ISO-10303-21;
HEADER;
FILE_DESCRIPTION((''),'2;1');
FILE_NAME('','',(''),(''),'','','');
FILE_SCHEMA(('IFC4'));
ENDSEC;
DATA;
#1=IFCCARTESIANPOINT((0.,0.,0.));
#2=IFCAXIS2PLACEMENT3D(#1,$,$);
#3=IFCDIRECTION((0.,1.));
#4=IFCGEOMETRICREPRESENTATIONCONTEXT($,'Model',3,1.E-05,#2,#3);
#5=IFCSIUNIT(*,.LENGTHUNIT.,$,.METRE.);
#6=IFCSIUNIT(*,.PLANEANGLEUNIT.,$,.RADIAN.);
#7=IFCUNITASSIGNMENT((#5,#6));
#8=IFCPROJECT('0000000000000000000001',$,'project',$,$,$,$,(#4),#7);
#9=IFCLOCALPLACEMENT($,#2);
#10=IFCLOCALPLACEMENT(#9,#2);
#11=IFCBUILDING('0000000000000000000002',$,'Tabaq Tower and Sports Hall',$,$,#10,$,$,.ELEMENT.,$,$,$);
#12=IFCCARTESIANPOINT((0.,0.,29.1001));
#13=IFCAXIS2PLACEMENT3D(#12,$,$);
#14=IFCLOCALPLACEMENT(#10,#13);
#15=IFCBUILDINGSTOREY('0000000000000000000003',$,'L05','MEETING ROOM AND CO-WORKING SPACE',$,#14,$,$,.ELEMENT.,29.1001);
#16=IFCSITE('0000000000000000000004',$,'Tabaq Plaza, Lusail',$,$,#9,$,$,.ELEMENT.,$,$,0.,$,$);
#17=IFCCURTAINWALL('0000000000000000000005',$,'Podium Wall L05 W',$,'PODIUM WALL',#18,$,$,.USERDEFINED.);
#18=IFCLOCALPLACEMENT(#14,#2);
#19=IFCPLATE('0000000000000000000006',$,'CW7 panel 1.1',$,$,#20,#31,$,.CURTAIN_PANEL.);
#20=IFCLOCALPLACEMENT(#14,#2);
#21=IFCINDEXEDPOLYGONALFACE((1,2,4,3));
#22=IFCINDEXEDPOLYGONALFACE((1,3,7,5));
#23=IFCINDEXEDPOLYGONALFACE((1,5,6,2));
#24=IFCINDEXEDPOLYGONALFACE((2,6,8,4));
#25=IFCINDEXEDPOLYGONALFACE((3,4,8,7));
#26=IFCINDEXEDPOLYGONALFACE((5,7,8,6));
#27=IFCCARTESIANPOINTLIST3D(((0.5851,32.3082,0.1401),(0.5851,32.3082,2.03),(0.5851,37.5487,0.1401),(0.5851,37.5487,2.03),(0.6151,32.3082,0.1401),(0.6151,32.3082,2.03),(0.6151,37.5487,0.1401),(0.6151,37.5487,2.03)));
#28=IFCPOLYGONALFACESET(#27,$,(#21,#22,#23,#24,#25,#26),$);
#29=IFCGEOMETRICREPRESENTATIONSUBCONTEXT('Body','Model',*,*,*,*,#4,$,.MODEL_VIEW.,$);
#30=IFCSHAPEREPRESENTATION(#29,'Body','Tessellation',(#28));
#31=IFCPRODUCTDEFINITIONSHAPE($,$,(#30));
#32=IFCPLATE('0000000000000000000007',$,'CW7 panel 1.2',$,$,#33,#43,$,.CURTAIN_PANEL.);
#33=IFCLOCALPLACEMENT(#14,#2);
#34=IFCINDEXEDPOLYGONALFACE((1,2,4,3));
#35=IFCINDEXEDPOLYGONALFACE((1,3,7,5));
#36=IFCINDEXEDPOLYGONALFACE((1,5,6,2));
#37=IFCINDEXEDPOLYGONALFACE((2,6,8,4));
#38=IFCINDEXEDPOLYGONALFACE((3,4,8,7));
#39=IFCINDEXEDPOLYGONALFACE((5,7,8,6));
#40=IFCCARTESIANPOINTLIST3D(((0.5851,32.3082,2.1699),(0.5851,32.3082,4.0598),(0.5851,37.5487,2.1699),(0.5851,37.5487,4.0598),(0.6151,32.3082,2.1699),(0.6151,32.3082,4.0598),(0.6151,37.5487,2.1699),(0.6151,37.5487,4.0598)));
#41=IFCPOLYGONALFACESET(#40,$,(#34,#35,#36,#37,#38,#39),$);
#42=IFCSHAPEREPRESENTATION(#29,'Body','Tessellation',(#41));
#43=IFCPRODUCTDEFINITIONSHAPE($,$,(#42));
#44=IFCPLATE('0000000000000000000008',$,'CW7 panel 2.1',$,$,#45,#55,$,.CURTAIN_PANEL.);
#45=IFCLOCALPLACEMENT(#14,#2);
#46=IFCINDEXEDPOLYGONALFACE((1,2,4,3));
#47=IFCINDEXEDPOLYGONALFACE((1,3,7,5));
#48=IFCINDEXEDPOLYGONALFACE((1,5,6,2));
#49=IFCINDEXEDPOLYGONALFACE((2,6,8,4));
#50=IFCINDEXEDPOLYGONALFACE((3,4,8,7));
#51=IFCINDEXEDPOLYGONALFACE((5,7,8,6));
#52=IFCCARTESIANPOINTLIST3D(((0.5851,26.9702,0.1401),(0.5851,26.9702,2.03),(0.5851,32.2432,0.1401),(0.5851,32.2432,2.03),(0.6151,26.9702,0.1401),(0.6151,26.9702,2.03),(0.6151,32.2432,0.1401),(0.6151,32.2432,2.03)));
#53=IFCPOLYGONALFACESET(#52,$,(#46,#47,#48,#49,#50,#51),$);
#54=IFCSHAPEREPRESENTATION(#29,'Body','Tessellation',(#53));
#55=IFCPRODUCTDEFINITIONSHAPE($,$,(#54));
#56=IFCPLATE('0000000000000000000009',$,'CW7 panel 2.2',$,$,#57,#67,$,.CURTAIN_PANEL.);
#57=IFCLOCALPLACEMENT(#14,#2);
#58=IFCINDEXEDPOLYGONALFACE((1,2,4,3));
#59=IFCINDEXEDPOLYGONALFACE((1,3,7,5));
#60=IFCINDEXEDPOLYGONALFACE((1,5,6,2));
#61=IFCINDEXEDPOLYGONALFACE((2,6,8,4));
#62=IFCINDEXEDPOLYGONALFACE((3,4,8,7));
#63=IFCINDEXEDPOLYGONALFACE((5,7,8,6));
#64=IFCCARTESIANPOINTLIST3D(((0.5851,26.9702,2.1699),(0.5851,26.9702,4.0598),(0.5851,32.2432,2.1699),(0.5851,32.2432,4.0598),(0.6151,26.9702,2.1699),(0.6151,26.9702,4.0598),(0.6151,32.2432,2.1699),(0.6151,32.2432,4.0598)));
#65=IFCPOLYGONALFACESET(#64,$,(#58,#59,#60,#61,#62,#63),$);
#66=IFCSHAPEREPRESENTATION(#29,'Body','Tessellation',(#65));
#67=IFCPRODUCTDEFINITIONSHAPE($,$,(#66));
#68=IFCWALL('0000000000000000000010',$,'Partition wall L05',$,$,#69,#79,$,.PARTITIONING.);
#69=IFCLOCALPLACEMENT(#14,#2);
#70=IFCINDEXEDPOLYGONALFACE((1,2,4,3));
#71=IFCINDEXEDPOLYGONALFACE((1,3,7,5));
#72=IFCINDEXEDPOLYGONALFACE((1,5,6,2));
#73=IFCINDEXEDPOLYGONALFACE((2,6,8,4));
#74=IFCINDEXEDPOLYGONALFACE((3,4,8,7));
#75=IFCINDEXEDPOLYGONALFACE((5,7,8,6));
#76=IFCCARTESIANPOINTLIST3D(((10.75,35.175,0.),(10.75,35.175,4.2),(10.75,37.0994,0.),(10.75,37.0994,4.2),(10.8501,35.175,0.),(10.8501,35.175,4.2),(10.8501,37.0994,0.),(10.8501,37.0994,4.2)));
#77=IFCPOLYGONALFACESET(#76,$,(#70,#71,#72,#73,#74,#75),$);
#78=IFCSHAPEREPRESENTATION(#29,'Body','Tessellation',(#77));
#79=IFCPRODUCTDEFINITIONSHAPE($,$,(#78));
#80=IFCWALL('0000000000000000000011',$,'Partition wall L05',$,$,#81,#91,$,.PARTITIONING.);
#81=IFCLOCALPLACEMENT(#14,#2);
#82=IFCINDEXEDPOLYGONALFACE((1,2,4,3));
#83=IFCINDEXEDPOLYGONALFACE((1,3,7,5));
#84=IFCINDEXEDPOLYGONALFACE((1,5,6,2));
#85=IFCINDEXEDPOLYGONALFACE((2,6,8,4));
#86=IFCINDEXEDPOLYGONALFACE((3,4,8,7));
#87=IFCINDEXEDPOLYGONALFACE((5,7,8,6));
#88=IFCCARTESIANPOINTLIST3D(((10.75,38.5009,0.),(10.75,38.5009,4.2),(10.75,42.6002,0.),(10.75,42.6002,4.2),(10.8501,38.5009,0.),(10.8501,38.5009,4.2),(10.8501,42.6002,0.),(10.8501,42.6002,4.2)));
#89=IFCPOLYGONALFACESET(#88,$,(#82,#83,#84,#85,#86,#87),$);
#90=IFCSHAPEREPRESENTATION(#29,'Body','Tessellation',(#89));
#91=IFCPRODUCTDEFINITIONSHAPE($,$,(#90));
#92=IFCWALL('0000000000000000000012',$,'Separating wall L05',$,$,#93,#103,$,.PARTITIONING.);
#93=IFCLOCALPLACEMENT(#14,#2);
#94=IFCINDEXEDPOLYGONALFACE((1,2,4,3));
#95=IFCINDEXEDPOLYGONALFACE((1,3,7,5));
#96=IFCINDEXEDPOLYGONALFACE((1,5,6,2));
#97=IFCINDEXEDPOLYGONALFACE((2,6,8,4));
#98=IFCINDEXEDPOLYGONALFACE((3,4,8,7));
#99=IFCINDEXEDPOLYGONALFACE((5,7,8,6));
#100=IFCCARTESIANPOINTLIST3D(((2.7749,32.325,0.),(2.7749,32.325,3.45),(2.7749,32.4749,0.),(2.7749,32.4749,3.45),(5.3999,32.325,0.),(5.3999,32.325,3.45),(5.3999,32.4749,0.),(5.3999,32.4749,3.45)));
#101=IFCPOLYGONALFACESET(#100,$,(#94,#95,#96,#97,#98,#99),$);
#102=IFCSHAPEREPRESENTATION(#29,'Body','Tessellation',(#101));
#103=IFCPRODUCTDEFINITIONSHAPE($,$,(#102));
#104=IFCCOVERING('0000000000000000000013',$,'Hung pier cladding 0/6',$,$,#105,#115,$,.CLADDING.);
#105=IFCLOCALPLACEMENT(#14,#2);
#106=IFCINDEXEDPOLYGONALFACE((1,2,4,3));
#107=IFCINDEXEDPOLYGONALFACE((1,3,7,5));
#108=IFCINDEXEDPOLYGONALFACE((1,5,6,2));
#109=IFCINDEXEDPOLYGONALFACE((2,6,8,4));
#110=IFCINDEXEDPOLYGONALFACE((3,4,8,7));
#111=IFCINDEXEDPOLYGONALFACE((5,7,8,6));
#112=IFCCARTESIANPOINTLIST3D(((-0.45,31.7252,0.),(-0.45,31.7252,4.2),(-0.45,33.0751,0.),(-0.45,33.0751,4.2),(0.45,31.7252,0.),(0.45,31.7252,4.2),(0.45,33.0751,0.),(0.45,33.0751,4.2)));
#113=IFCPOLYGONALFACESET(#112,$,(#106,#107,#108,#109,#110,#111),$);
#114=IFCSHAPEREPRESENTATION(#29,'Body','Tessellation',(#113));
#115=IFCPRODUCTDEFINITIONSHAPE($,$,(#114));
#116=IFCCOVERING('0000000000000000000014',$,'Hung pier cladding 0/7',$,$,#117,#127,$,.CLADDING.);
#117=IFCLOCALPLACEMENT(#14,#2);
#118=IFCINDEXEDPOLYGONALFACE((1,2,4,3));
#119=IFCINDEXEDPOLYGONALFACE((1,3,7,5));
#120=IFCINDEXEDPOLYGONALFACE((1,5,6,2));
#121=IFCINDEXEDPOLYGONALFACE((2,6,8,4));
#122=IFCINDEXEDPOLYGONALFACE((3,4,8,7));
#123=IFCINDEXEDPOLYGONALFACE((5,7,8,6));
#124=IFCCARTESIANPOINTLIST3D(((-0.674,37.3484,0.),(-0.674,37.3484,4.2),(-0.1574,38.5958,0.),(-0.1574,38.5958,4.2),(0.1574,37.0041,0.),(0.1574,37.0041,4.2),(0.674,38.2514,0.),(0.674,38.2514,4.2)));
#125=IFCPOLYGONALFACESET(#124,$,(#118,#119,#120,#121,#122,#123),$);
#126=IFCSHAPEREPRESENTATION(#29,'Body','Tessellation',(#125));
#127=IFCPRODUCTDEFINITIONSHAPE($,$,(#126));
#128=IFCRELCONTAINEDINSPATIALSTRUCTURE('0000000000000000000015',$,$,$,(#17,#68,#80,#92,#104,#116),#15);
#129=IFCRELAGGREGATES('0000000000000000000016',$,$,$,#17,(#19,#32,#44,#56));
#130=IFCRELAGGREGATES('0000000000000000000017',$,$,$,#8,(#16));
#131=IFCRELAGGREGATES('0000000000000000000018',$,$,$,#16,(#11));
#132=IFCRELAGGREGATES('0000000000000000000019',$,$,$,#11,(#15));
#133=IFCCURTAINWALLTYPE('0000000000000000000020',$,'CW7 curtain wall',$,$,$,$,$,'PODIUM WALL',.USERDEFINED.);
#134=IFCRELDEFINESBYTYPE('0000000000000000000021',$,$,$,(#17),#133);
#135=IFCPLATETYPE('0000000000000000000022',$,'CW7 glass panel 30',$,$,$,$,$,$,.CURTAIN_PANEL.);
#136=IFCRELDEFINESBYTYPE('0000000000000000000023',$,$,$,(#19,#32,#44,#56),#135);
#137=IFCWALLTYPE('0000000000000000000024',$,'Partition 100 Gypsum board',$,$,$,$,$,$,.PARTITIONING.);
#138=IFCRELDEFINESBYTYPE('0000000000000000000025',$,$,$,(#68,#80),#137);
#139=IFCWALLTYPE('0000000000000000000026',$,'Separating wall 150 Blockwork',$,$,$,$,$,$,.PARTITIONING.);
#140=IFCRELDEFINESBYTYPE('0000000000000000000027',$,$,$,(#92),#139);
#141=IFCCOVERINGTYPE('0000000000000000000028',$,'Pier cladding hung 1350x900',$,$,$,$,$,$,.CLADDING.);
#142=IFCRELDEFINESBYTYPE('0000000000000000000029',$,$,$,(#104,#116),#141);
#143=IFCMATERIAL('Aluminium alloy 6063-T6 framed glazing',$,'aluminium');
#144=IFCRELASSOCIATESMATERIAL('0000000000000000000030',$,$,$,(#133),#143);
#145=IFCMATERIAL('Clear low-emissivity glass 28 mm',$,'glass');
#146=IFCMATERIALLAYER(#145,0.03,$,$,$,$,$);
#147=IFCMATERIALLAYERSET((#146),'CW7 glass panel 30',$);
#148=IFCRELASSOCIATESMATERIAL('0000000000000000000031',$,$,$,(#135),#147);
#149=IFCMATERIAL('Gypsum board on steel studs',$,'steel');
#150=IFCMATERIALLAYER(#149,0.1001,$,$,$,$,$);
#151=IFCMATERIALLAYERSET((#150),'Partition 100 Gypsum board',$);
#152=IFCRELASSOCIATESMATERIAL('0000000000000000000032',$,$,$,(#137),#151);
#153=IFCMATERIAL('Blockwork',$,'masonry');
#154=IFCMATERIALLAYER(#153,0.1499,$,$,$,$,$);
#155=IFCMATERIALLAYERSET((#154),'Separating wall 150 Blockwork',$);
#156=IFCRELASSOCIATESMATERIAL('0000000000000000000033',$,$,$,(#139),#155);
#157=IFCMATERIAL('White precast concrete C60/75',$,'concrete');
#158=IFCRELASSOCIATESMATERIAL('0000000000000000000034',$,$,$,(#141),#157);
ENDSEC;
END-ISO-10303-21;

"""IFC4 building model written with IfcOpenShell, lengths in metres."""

from ifc_helpers import new_model, si_unit, direction, frame, frame_2d, origin, origin_2d, place, context, subcontext, project, spatial, rectangle, extrude, material, layer, layer_set, type_object, element, aggregate, save


model = new_model("IFC4")

# Units and contexts
model_context = context("Model", 3, precision=1e-05, world=origin(), true_north=direction((0.0, 1.0)))
body_context = subcontext(model_context, "Body", "Model", "MODEL_VIEW")
ifc_project = project(units=[si_unit("LENGTHUNIT", "METRE"), si_unit("PLANEANGLEUNIT", "RADIAN")], contexts=[model_context])

# Site, building, storey
site_placement = place(None, origin())
site = spatial("IfcSite", under=ifc_project, at=site_placement, Name="Tabaq Plaza, Lusail", CompositionType="ELEMENT", RefElevation=0.0)
building_placement = place(site_placement, origin())
building = spatial("IfcBuilding", under=site, at=building_placement, Name="Tabaq Tower and Sports Hall", CompositionType="ELEMENT")
storey_placement = place(building_placement, frame((0.0, 0.0, 29.1001)))
storey = spatial("IfcBuildingStorey", under=building, at=storey_placement, Name="L05", Description="MEETING ROOM AND CO-WORKING SPACE", CompositionType="ELEMENT", Elevation=29.1001)

# Shared definitions
ifc_material_1 = material(Name="Aluminium alloy 6063-T6 framed glazing", Category="aluminium")
curtain_wall_type = type_object("IfcCurtainWallType", Name="CW7 curtain wall", ElementType="PODIUM WALL", PredefinedType="USERDEFINED", material=ifc_material_1)

# Curtain wall
curtain_wall_1_placement = place(storey_placement, origin())
curtain_wall_1 = element("IfcCurtainWall", 1, at=curtain_wall_1_placement, inside=storey, type_object=curtain_wall_type, Name="Podium Wall L05 W", ObjectType="PODIUM WALL", PredefinedType="USERDEFINED")

# Plates
ifc_material_2 = material(Name="Clear low-emissivity glass 28 mm", Category="glass")
ifc_layer_1 = layer(ifc_material_2, 0.03)
ifc_layer_set_1 = layer_set([ifc_layer_1], Name="CW7 glass panel 30")
plate_type = type_object("IfcPlateType", Name="CW7 glass panel 30", PredefinedType="CURTAIN_PANEL", material=ifc_layer_set_1)
plate_1_placement = place(storey_placement, frame((0.6001, 34.9285, 0.1401), z_axis=(0.0, 0.0, 1.0), x_axis=(0.0, -1.0, 0.0)))
plate_1 = element("IfcPlate", 2, at=plate_1_placement, type_object=plate_type, Name="CW7 panel 1.1", PredefinedType="CURTAIN_PANEL", context=body_context, shape_type="SweptSolid", body=[
    extrude(rectangle(XDim=5.2405, YDim=0.03, at=origin_2d()), origin(), (0.0, 0.0, 1.0), 1.8899),
])
plate_2_placement = place(storey_placement, frame((0.6001, 34.9285, 2.1699), z_axis=(0.0, 0.0, 1.0), x_axis=(0.0, -1.0, 0.0)))
plate_2 = element("IfcPlate", 3, at=plate_2_placement, type_object=plate_type, Name="CW7 panel 1.2", PredefinedType="CURTAIN_PANEL", context=body_context, shape_type="SweptSolid", body=[
    extrude(rectangle(XDim=5.2405, YDim=0.03, at=origin_2d()), origin(), (0.0, 0.0, 1.0), 1.8899),
])
plate_3_placement = place(storey_placement, frame((0.6001, 29.6067, 0.1401), z_axis=(0.0, 0.0, 1.0), x_axis=(0.0, -1.0, 0.0)))
plate_3 = element("IfcPlate", 4, at=plate_3_placement, type_object=plate_type, Name="CW7 panel 2.1", PredefinedType="CURTAIN_PANEL", context=body_context, shape_type="SweptSolid", body=[
    extrude(rectangle(XDim=5.2729, YDim=0.03, at=origin_2d()), origin(), (0.0, 0.0, 1.0), 1.8899),
])
plate_4_placement = place(storey_placement, frame((0.6001, 29.6067, 2.1699), z_axis=(0.0, 0.0, 1.0), x_axis=(0.0, -1.0, 0.0)))
plate_4 = element("IfcPlate", 5, at=plate_4_placement, type_object=plate_type, Name="CW7 panel 2.2", PredefinedType="CURTAIN_PANEL", context=body_context, shape_type="SweptSolid", body=[
    extrude(rectangle(XDim=5.2729, YDim=0.03, at=origin_2d()), origin(), (0.0, 0.0, 1.0), 1.8899),
])
aggregate(curtain_wall_1, [plate_1, plate_2, plate_3, plate_4])

# Walls
ifc_material_3 = material(Name="Gypsum board on steel studs", Category="steel")
ifc_layer_2 = layer(ifc_material_3, 0.1001)
ifc_layer_set_2 = layer_set([ifc_layer_2], Name="Partition 100 Gypsum board")
wall_type_1 = type_object("IfcWallType", Name="Partition 100 Gypsum board", PredefinedType="PARTITIONING", material=ifc_layer_set_2)
wall_1_placement = place(storey_placement, frame((10.8, 35.175, 0.0), z_axis=(0.0, 0.0, 1.0), x_axis=(0.0, 1.0, 0.0)))
element("IfcWall", 6, at=wall_1_placement, inside=storey, type_object=wall_type_1, Name="Partition wall L05", PredefinedType="PARTITIONING", context=body_context, shape_type="SweptSolid", body=[
    extrude(rectangle(XDim=1.9243, YDim=0.1001, at=frame_2d((0.9622, 0.0))), origin(), (0.0, 0.0, 1.0), 4.2),
])
wall_2_placement = place(storey_placement, frame((10.8, 38.5007, 0.0), z_axis=(0.0, 0.0, 1.0), x_axis=(0.0, 1.0, 0.0)))
element("IfcWall", 7, at=wall_2_placement, inside=storey, type_object=wall_type_1, Name="Partition wall L05", PredefinedType="PARTITIONING", context=body_context, shape_type="SweptSolid", body=[
    extrude(rectangle(XDim=4.0994, YDim=0.1001, at=frame_2d((2.0498, 0.0))), origin(), (0.0, 0.0, 1.0), 4.2),
])
ifc_material_4 = material(Name="Blockwork", Category="masonry")
ifc_layer_3 = layer(ifc_material_4, 0.1499)
ifc_layer_set_3 = layer_set([ifc_layer_3], Name="Separating wall 150 Blockwork")
wall_type_2 = type_object("IfcWallType", Name="Separating wall 150 Blockwork", PredefinedType="PARTITIONING", material=ifc_layer_set_3)
wall_3_placement = place(storey_placement, frame((2.7749, 32.3999, 0.0), z_axis=(0.0, 0.0, 1.0), x_axis=(1.0, 0.0, 0.0)))
element("IfcWall", 8, at=wall_3_placement, inside=storey, type_object=wall_type_2, Name="Separating wall L05", PredefinedType="PARTITIONING", context=body_context, shape_type="SweptSolid", body=[
    extrude(rectangle(XDim=2.625, YDim=0.1499, at=frame_2d((1.3125, 0.0))), origin(), (0.0, 0.0, 1.0), 3.45),
])

# Coverings
ifc_material_5 = material(Name="White precast concrete C60/75", Category="concrete")
covering_type = type_object("IfcCoveringType", Name="Pier cladding hung 1350x900", PredefinedType="CLADDING", material=ifc_material_5)
covering_1_placement = place(storey_placement, frame((0.0, 33.075, 0.0), z_axis=(0.0, 0.0, 1.0), x_axis=(0.0, -1.0, 0.0)))
element("IfcCovering", 9, at=covering_1_placement, inside=storey, type_object=covering_type, Name="Hung pier cladding 0/6", PredefinedType="CLADDING", context=body_context, shape_type="SweptSolid", body=[
    extrude(rectangle(XDim=1.3499, YDim=0.8999, at=frame_2d((0.6748, 0.0))), origin(), (0.0, 0.0, 1.0), 4.2),
])
covering_2_placement = place(storey_placement, frame((0.2583, 38.4236, 0.0), z_axis=(0.0, 0.0, 1.0), x_axis=(-0.38265, -0.923893, 0.0)))
element("IfcCovering", 10, at=covering_2_placement, inside=storey, type_object=covering_type, Name="Hung pier cladding 0/7", PredefinedType="CLADDING", context=body_context, shape_type="SweptSolid", body=[
    extrude(rectangle(XDim=1.3501, YDim=0.8999, at=frame_2d((0.675, 0.0))), origin(), (0.0, 0.0, 1.0), 4.2),
])

save(model, "model.ifc")
